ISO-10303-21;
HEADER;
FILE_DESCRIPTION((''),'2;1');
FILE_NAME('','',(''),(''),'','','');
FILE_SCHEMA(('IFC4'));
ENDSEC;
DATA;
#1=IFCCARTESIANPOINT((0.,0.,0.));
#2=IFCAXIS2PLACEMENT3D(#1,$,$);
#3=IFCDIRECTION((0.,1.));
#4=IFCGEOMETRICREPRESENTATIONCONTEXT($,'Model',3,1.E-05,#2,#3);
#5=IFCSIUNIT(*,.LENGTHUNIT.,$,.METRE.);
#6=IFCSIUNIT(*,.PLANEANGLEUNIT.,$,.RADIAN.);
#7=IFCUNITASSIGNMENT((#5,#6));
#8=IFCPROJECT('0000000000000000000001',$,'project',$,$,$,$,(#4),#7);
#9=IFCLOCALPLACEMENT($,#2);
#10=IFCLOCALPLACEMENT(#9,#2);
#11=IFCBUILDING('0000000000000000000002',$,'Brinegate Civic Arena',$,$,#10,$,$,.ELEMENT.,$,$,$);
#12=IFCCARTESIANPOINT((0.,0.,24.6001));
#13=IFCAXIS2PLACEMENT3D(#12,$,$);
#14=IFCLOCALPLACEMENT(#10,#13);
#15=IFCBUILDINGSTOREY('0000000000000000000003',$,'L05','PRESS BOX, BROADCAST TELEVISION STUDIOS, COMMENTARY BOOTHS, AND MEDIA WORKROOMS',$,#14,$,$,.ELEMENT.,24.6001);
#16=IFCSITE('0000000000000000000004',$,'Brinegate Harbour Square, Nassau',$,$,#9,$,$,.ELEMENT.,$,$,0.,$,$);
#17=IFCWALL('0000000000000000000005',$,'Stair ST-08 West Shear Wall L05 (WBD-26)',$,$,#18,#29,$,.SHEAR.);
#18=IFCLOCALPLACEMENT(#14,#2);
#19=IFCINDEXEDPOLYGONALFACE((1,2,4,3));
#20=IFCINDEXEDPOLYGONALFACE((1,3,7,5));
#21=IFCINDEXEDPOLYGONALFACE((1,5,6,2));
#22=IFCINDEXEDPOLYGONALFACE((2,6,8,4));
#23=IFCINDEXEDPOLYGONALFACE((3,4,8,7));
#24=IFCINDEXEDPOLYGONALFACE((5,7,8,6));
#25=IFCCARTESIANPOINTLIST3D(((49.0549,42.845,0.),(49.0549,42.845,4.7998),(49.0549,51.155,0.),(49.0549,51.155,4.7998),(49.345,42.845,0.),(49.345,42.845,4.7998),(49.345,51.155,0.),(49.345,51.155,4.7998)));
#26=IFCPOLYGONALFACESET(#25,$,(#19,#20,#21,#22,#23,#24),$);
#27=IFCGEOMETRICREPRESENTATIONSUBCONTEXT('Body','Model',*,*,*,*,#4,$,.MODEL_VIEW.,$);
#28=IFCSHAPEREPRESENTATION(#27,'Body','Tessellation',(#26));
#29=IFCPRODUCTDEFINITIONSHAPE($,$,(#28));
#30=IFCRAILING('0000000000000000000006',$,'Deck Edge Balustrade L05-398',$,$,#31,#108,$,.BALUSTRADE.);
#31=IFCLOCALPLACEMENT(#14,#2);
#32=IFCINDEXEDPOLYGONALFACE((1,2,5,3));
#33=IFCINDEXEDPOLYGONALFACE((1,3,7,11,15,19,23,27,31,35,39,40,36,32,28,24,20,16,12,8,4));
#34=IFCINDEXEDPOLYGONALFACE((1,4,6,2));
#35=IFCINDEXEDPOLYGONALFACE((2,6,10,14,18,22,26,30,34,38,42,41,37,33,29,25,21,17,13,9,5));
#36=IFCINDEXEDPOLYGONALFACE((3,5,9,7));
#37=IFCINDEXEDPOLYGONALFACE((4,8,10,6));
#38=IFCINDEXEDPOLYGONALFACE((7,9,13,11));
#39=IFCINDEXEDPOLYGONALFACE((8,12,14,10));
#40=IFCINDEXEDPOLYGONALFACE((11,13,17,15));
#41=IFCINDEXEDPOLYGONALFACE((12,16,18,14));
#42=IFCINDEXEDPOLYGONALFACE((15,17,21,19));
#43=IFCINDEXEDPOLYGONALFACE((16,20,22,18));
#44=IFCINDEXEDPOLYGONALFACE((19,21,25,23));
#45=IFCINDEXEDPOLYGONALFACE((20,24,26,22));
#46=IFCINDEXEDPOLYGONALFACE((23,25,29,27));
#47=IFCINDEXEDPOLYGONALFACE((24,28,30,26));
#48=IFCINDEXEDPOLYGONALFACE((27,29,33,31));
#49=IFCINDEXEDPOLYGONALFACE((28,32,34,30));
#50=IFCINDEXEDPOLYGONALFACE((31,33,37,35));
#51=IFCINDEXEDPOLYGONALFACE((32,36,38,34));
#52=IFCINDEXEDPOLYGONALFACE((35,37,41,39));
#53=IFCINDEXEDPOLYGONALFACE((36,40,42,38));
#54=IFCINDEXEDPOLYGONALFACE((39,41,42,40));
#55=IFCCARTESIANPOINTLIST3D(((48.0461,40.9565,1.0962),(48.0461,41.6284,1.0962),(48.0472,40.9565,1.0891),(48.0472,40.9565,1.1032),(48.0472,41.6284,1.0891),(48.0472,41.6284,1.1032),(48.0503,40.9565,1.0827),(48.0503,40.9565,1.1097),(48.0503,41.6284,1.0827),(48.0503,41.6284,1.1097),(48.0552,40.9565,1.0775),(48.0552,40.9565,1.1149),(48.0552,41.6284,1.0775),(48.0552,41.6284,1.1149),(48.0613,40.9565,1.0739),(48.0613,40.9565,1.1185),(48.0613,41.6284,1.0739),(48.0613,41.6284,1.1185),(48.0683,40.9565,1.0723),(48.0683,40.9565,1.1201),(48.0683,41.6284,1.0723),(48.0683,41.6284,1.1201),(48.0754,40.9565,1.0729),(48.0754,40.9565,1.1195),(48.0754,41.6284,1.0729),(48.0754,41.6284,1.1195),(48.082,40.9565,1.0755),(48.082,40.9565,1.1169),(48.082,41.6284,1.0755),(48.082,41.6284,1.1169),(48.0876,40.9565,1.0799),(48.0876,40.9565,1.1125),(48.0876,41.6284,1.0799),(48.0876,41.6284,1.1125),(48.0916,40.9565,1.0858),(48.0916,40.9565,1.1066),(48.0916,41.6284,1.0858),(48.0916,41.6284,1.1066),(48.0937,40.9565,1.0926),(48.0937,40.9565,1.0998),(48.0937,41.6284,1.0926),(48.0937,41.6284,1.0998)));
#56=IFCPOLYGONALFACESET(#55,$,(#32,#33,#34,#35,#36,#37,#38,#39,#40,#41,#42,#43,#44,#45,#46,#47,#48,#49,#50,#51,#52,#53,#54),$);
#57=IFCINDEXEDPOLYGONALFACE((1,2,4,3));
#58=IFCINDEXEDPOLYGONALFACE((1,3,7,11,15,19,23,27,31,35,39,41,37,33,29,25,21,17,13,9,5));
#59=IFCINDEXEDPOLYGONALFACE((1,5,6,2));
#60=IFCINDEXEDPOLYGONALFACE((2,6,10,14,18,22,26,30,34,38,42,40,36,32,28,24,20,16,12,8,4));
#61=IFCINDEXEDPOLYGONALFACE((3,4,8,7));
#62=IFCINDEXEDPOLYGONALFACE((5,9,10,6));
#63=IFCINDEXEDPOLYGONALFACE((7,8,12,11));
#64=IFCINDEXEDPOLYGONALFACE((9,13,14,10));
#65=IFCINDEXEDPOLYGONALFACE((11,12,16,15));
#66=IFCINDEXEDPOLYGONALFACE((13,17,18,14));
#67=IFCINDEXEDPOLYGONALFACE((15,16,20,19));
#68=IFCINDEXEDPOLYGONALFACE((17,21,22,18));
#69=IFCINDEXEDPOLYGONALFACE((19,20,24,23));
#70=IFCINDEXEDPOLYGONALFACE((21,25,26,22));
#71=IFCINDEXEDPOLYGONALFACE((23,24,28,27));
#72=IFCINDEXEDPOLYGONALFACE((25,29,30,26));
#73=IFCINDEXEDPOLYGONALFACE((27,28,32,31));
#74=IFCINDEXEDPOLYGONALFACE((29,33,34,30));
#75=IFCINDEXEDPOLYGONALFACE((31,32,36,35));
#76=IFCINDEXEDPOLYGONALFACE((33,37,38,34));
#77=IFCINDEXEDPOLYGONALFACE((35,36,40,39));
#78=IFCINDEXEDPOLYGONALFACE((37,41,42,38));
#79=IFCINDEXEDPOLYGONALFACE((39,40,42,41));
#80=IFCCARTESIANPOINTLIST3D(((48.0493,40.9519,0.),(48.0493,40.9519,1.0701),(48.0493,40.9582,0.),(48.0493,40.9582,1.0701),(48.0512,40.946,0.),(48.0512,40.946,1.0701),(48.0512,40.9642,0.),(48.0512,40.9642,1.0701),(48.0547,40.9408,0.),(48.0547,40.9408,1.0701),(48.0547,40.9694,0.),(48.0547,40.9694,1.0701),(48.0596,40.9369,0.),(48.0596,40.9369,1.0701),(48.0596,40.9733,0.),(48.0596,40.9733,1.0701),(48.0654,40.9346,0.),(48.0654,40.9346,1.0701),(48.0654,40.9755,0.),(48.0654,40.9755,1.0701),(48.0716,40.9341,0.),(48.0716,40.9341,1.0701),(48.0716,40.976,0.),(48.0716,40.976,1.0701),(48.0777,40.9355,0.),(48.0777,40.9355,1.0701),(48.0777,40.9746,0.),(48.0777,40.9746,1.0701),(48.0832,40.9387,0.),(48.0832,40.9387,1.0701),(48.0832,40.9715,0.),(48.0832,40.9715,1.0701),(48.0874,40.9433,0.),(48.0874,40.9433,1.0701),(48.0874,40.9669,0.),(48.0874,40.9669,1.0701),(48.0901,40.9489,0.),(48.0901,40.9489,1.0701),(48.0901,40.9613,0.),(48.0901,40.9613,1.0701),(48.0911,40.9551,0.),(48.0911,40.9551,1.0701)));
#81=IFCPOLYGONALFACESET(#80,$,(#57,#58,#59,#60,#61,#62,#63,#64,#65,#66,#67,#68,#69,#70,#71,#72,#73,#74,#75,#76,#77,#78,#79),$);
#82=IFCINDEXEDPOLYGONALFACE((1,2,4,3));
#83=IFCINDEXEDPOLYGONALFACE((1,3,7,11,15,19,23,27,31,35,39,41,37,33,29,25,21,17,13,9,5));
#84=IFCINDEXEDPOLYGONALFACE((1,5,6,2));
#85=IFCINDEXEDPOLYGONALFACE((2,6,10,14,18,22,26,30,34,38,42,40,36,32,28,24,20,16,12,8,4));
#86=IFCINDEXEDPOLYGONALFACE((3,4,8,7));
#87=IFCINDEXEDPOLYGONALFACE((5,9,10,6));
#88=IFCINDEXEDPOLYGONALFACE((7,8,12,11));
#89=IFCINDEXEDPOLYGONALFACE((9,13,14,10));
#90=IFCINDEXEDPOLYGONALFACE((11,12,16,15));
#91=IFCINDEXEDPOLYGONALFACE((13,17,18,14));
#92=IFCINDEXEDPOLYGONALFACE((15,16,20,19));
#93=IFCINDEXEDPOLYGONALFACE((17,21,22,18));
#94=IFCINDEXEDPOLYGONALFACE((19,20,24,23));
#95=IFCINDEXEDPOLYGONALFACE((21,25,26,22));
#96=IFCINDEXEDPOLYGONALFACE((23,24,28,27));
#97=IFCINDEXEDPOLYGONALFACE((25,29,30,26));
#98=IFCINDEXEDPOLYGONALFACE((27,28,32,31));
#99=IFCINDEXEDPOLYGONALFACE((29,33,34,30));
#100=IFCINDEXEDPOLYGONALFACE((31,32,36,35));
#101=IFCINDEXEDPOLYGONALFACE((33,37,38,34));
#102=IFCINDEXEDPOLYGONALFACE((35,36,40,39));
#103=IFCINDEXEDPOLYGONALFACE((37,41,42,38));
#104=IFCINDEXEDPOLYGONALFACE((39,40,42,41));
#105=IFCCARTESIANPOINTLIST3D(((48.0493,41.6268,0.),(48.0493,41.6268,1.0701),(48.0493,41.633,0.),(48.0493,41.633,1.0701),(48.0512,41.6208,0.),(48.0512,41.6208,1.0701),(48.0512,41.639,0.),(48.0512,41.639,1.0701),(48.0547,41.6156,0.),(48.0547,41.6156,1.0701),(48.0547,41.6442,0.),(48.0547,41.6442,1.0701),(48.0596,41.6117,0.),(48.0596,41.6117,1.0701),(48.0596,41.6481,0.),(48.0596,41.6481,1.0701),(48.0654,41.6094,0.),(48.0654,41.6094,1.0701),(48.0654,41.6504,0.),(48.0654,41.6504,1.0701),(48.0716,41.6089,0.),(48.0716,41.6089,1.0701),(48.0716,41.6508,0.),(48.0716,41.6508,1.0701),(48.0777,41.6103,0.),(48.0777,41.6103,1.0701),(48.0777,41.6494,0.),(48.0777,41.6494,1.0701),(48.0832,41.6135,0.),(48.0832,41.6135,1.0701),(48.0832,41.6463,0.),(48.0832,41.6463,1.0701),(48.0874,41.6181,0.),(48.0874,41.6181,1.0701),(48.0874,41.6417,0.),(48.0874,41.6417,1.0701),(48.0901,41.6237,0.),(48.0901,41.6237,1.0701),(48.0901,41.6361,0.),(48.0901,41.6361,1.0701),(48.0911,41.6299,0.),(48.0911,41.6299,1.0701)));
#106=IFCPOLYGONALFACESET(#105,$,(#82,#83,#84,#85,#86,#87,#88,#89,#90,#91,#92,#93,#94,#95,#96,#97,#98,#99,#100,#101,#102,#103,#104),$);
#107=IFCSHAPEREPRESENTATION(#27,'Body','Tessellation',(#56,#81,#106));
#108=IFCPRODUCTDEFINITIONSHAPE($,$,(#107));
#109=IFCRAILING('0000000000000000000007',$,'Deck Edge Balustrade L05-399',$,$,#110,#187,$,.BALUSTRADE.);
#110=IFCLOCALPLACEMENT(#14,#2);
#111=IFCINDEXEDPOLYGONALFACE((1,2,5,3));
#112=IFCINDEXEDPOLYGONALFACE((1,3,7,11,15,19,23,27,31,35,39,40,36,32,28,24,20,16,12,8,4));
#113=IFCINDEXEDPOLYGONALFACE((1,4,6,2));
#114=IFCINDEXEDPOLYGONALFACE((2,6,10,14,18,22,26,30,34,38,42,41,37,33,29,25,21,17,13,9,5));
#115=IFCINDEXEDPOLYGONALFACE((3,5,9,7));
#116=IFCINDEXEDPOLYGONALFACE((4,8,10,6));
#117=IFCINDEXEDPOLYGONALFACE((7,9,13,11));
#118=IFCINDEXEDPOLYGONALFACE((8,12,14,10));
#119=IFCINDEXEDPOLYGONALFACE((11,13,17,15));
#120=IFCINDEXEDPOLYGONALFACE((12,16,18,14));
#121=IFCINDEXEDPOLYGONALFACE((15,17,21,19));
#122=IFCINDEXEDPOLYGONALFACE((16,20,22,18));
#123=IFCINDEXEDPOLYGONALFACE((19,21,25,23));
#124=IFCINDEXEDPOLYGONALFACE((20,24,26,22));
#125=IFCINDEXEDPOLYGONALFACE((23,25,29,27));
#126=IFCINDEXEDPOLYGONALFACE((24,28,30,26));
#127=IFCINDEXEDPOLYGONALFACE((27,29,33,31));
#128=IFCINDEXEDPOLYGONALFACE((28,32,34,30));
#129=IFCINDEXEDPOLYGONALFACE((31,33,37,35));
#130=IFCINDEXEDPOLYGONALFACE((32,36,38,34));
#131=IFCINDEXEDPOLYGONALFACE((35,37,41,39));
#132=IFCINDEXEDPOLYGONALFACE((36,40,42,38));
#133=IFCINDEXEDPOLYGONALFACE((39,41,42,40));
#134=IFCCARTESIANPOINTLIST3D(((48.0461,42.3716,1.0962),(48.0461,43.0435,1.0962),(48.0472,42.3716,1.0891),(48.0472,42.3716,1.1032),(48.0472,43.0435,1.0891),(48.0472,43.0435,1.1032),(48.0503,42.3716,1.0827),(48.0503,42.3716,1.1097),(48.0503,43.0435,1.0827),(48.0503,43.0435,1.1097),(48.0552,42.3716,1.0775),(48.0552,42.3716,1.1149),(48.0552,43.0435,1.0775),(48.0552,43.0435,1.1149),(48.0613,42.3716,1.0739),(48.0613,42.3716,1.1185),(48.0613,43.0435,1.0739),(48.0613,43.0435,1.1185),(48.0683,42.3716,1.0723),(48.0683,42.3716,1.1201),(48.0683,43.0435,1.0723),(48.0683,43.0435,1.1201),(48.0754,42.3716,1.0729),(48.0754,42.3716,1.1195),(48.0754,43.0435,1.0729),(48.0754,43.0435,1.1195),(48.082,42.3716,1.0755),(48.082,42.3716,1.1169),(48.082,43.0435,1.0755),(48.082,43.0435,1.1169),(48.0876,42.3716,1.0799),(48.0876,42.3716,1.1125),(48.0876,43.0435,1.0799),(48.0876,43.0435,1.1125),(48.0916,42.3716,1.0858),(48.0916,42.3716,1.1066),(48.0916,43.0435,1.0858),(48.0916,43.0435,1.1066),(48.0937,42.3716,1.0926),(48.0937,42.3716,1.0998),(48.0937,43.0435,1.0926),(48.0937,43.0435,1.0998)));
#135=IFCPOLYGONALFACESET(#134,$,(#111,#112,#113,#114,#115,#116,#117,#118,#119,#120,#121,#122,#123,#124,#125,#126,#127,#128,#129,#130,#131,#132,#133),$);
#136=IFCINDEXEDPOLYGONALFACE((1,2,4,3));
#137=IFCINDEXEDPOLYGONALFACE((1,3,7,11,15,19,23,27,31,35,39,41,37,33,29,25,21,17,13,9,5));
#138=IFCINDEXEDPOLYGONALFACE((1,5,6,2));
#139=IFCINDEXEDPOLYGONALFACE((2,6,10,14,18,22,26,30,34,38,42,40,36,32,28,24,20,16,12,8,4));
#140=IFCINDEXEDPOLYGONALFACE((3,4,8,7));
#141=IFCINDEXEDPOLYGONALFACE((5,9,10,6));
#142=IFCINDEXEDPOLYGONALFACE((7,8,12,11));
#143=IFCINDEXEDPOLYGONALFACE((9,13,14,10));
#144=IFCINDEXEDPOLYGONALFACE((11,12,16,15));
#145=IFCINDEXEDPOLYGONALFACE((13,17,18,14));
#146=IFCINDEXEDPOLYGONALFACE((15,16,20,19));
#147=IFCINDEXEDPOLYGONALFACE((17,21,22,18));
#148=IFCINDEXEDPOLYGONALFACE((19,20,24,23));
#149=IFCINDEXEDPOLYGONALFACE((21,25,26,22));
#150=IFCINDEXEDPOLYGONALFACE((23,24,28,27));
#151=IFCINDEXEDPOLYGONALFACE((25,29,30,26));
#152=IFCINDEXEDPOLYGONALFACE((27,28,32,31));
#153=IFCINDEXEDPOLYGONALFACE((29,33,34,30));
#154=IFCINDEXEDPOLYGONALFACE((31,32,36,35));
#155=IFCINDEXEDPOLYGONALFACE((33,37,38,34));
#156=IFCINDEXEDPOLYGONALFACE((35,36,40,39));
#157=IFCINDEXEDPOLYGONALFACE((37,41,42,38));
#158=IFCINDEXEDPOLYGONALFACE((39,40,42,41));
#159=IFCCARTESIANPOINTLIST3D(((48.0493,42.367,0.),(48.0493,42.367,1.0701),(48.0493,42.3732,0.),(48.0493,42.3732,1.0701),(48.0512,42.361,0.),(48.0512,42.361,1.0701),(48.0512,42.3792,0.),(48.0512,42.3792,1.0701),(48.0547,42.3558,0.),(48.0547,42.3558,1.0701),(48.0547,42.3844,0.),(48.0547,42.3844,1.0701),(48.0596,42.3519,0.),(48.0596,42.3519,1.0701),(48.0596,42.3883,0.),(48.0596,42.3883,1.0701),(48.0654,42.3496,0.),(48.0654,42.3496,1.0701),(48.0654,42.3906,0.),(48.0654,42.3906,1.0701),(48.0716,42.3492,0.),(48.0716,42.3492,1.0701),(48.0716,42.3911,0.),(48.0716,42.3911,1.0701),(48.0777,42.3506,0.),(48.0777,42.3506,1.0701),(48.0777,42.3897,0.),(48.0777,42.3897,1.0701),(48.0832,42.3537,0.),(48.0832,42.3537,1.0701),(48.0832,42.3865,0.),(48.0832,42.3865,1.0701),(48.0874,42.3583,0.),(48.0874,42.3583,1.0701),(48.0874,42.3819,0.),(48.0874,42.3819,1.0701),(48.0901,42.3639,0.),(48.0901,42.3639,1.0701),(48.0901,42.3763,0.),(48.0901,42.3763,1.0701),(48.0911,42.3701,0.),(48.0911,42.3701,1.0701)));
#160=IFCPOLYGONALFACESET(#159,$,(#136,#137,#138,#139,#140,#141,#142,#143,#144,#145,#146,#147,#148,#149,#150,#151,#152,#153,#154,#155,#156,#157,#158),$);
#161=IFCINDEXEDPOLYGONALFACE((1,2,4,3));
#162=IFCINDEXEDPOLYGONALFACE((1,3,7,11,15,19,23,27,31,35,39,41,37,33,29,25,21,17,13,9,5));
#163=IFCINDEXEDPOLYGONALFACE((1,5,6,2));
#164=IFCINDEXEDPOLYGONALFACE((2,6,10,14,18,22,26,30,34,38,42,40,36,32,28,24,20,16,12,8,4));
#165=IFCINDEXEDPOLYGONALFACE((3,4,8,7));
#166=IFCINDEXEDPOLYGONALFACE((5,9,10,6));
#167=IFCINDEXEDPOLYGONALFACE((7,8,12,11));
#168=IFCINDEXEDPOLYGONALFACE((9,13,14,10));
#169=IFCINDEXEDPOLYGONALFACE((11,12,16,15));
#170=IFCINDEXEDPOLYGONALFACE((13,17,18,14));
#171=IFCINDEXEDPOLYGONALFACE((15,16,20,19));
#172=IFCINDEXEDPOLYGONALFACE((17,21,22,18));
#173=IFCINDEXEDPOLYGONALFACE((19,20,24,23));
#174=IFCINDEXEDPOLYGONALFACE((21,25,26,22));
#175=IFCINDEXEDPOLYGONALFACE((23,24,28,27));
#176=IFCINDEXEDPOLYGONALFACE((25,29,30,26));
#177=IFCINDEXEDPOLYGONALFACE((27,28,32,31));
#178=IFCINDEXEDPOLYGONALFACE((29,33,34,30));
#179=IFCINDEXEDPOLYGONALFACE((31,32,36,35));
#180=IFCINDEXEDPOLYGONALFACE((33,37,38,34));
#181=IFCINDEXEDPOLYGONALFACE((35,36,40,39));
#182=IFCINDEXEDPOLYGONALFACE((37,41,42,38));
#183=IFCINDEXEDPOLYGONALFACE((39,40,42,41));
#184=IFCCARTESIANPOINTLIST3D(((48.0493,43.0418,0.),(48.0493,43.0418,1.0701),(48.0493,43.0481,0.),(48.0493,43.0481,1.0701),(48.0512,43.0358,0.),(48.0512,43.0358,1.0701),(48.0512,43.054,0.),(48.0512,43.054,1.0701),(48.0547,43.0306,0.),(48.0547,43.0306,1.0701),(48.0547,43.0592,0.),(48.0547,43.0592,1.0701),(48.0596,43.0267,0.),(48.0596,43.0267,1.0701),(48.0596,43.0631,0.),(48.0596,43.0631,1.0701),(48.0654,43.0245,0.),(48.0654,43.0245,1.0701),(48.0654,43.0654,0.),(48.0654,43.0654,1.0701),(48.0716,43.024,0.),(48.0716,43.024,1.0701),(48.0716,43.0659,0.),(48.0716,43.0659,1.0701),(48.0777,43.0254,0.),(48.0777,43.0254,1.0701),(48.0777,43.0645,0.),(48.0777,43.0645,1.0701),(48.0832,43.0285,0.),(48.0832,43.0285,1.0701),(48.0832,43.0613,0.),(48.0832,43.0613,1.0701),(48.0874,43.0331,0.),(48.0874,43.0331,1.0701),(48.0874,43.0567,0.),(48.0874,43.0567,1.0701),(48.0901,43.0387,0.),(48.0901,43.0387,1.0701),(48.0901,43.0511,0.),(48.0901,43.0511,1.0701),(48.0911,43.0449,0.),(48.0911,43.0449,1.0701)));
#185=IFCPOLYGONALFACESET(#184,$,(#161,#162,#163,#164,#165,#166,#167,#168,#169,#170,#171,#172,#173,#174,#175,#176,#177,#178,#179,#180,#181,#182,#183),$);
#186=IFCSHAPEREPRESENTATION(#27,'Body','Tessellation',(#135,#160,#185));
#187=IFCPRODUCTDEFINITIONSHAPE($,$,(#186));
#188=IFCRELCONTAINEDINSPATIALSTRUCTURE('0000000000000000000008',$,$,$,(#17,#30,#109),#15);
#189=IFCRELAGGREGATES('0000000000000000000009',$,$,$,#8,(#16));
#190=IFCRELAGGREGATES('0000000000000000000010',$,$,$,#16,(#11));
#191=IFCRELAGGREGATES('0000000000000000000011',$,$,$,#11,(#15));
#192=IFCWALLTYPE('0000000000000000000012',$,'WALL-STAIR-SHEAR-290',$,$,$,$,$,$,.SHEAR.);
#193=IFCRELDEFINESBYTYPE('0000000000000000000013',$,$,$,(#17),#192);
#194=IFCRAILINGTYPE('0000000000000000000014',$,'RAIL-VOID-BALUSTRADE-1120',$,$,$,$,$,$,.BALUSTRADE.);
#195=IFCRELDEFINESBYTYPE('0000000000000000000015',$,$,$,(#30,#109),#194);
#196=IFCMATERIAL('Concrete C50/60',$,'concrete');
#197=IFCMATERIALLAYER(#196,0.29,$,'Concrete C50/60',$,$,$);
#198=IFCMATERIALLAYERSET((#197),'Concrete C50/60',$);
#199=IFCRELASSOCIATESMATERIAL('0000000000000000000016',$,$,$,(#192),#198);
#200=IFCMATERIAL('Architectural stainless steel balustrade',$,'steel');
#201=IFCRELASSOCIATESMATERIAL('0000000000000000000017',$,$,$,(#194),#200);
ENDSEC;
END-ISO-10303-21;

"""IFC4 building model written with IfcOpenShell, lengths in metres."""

from ifc_helpers import new_model, si_unit, direction, frame, frame_2d, origin, origin_2d, place, context, subcontext, project, spatial, rectangle, circle, extrude, material, layer, layer_set, type_object, element, save


model = new_model("IFC4")

# Units and contexts
model_context = context("Model", 3, precision=1e-05, world=origin(), true_north=direction((0.0, 1.0)))
body_context = subcontext(model_context, "Body", "Model", "MODEL_VIEW")
ifc_project = project(units=[si_unit("LENGTHUNIT", "METRE"), si_unit("PLANEANGLEUNIT", "RADIAN")], contexts=[model_context])

# Site, building, storey
site_placement = place(None, origin())
site = spatial("IfcSite", under=ifc_project, at=site_placement, Name="Brinegate Harbour Square, Nassau", CompositionType="ELEMENT", RefElevation=0.0)
building_placement = place(site_placement, origin())
building = spatial("IfcBuilding", under=site, at=building_placement, Name="Brinegate Civic Arena", CompositionType="ELEMENT")
storey_placement = place(building_placement, frame((0.0, 0.0, 24.6001)))
storey = spatial("IfcBuildingStorey", under=building, at=storey_placement, Name="L05", Description="PRESS BOX, BROADCAST TELEVISION STUDIOS, COMMENTARY BOOTHS, AND MEDIA WORKROOMS", CompositionType="ELEMENT", Elevation=24.6001)

# Shared definitions
ifc_material_1 = material(Name="Concrete C50/60", Category="concrete")

# Shared definitions
ifc_material_2 = material(Name="Architectural stainless steel balustrade", Category="steel")

# Wall
ifc_layer_1 = layer(ifc_material_1, 0.29, Name="Concrete C50/60")
ifc_layer_set_1 = layer_set([ifc_layer_1], Name="Concrete C50/60")
wall_type_1 = type_object("IfcWallType", Name="WALL-STAIR-SHEAR-290", PredefinedType="SHEAR", material=ifc_layer_set_1)
wall_1_placement = place(storey_placement, frame((49.2, 42.845, 0.0), z_axis=(0.0, 0.0, 1.0), x_axis=(0.0, 1.0, 0.0)))
element("IfcWall", 1, at=wall_1_placement, inside=storey, type_object=wall_type_1, Name="Stair ST-08 West Shear Wall L05 (WBD-26)", PredefinedType="SHEAR", context=body_context, shape_type="SweptSolid", body=[
    extrude(rectangle(XDim=8.3101, YDim=0.29, at=frame_2d((4.155, 0.0))), origin(), (0.0, 0.0, 1.0), 4.7998),
])

# Railings
railing_type = type_object("IfcRailingType", Name="RAIL-VOID-BALUSTRADE-1120", PredefinedType="BALUSTRADE", material=ifc_material_2)
for number, where, name in (
    (2, (48.0701, 40.9551, 0.0), "Deck Edge Balustrade L05-398"),
    (3, (48.0701, 42.3701, 0.0), "Deck Edge Balustrade L05-399"),
):
    element("IfcRailing", number, at=place(storey_placement, frame(where)), inside=storey, type_object=railing_type, Name=name, PredefinedType="BALUSTRADE", context=body_context, shape_type="SweptSolid", body=[
        extrude(circle(Radius=0.0239, at=origin_2d()), frame((0.0, 0.0015, 1.0962), z_axis=(0.0, 1.0, 0.0), x_axis=(-1.0, 0.0, 0.0)), (0.0, 0.0, 1.0), 0.6719),
        extrude(circle(Radius=0.021, at=origin_2d()), origin(), (0.0, 0.0, 1.0), 1.0701),
        extrude(circle(Radius=0.021, at=origin_2d()), frame((0.0, 0.6748, 0.0)), (0.0, 0.0, 1.0), 1.0701),
    ])

save(model, "model.ifc")
